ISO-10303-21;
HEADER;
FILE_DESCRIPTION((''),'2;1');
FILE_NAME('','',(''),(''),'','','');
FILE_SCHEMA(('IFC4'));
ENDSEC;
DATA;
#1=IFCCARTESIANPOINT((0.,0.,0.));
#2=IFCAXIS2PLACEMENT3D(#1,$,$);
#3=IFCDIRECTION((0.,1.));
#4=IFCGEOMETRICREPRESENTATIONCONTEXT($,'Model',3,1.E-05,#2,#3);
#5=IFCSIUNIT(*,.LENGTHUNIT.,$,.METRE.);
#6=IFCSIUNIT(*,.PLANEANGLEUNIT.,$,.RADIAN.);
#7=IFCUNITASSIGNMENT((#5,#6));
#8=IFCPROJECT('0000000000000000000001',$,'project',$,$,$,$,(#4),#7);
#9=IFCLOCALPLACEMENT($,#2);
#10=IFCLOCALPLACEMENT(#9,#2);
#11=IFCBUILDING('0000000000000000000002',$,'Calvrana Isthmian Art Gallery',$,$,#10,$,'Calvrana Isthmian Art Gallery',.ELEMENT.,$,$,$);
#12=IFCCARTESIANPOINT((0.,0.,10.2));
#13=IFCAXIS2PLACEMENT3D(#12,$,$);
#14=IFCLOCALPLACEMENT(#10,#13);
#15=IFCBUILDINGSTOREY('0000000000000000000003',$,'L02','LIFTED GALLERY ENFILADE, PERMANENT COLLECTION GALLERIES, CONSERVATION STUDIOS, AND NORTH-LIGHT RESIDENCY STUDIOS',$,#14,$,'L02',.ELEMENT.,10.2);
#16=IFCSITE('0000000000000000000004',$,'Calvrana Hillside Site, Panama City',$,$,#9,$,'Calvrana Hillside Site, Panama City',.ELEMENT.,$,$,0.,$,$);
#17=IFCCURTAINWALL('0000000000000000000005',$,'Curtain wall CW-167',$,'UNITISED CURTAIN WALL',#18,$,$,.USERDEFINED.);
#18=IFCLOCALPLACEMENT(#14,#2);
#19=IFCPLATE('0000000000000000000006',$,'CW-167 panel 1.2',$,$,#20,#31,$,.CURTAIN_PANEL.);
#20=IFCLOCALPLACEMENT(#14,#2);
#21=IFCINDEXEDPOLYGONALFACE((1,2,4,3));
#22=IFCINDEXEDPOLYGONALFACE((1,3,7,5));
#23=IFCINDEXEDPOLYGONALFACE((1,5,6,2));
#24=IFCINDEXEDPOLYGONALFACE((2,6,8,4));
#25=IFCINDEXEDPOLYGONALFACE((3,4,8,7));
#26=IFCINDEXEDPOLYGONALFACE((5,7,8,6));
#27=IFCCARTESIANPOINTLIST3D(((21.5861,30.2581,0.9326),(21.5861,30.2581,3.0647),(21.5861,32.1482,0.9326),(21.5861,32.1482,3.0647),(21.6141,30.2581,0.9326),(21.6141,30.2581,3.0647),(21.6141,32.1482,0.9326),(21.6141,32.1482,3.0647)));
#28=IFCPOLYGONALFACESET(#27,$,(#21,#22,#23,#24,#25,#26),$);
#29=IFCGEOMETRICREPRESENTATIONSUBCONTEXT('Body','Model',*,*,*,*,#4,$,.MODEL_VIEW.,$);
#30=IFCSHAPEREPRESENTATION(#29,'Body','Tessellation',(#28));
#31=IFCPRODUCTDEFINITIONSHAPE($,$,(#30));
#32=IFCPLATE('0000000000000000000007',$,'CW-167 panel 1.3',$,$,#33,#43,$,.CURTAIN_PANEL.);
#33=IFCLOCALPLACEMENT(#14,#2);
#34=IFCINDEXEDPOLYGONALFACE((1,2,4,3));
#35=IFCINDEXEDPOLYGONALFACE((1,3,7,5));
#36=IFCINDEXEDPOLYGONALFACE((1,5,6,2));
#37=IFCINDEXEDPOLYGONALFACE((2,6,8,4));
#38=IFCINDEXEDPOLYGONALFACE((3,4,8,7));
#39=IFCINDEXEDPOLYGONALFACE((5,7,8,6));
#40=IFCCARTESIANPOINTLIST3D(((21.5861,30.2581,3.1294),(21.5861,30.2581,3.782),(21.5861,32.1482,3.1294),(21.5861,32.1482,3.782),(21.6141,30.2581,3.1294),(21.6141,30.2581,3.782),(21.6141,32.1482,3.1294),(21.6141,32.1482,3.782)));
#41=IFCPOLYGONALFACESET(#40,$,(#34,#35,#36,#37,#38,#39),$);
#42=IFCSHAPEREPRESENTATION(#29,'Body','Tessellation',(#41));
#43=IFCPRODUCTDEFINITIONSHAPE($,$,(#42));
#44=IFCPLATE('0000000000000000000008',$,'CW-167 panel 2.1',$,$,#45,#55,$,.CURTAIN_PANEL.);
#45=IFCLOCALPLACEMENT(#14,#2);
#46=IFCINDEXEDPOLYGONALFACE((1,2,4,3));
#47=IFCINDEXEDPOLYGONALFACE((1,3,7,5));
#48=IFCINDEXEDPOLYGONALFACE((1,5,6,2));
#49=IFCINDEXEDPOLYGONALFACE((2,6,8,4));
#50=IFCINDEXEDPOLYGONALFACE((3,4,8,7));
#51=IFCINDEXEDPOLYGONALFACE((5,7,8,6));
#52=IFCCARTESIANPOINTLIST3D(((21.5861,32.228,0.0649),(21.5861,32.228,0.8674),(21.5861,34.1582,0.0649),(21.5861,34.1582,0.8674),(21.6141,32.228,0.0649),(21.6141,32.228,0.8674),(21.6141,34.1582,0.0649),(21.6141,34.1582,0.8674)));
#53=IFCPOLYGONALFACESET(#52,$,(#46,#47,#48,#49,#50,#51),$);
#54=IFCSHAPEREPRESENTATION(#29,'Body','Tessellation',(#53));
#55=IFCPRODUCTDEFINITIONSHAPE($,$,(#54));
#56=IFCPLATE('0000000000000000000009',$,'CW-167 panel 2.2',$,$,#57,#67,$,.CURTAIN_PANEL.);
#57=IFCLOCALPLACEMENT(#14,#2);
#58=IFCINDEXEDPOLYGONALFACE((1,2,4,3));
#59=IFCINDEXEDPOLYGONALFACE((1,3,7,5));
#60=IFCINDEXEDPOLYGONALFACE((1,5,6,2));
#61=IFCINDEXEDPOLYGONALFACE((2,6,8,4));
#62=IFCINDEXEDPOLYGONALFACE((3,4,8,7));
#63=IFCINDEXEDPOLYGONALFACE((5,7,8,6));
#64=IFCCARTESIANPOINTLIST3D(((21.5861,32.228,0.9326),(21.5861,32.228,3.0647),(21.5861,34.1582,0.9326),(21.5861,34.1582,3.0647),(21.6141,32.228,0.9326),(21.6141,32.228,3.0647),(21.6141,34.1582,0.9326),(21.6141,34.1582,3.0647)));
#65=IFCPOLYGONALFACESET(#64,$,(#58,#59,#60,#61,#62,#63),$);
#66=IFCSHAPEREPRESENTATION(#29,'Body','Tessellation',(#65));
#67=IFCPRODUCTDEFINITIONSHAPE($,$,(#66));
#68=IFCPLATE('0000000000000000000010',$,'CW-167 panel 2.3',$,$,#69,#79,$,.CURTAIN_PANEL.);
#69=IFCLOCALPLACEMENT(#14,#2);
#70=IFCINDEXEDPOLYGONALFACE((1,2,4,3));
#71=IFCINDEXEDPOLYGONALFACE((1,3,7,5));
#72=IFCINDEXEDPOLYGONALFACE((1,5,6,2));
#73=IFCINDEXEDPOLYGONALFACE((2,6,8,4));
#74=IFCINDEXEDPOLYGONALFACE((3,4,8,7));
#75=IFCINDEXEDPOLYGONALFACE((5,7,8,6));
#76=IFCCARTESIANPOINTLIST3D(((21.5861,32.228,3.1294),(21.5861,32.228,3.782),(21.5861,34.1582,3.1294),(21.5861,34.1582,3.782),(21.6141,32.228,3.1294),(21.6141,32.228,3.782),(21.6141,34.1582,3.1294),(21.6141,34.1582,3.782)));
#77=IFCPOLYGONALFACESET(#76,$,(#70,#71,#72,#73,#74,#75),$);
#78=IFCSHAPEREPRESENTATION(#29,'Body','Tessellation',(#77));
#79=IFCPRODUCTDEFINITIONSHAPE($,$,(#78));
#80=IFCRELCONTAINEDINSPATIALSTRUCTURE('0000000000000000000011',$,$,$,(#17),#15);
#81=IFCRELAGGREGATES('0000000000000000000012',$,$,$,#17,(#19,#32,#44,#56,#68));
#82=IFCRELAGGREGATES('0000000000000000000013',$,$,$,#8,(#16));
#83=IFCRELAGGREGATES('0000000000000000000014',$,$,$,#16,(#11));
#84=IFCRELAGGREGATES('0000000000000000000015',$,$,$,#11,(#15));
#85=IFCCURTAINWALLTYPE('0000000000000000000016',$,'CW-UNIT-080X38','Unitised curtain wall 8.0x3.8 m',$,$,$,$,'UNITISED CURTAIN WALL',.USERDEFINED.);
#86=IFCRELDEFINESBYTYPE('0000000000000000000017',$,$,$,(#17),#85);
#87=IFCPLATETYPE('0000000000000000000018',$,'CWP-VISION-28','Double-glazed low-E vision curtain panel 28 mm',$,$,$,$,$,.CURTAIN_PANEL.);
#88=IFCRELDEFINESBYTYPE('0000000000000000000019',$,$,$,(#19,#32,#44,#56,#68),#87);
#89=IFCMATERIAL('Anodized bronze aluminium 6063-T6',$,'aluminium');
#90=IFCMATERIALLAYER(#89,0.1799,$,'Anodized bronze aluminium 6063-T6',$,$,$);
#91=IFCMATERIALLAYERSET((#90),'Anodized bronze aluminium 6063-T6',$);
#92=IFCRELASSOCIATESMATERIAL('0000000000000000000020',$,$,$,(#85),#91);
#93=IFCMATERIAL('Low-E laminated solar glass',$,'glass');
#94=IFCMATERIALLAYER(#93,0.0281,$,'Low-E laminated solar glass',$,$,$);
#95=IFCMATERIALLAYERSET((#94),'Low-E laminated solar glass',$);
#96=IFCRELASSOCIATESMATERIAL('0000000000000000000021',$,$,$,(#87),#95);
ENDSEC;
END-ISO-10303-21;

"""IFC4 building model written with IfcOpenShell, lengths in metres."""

from ifc_helpers import new_model, si_unit, direction, frame, origin, origin_2d, place, context, subcontext, project, spatial, rectangle, extrude, material, layer, layer_set, type_object, element, aggregate, save


model = new_model("IFC4")

# Units and contexts
model_context = context("Model", 3, precision=1e-05, world=origin(), true_north=direction((0.0, 1.0)))
body_context = subcontext(model_context, "Body", "Model", "MODEL_VIEW")
ifc_project = project(units=[si_unit("LENGTHUNIT", "METRE"), si_unit("PLANEANGLEUNIT", "RADIAN")], contexts=[model_context])

# Site, building, storey
site_placement = place(None, origin())
site = spatial("IfcSite", under=ifc_project, at=site_placement, Name="Calvrana Hillside Site, Panama City", LongName="Calvrana Hillside Site, Panama City", CompositionType="ELEMENT", RefElevation=0.0)
building_placement = place(site_placement, origin())
building = spatial("IfcBuilding", under=site, at=building_placement, Name="Calvrana Isthmian Art Gallery", LongName="Calvrana Isthmian Art Gallery", CompositionType="ELEMENT")
storey_placement = place(building_placement, frame((0.0, 0.0, 10.2)))
storey = spatial("IfcBuildingStorey", under=building, at=storey_placement, Name="L02", Description="LIFTED GALLERY ENFILADE, PERMANENT COLLECTION GALLERIES, CONSERVATION STUDIOS, AND NORTH-LIGHT RESIDENCY STUDIOS", LongName="L02", CompositionType="ELEMENT", Elevation=10.2)

# Shared definitions
ifc_material_1 = material(Name="Anodized bronze aluminium 6063-T6", Category="aluminium")

# Curtain wall, plates
ifc_layer_1 = layer(ifc_material_1, 0.1799, Name="Anodized bronze aluminium 6063-T6")
ifc_layer_set_1 = layer_set([ifc_layer_1], Name="Anodized bronze aluminium 6063-T6")
curtain_wall_type_1 = type_object("IfcCurtainWallType", Name="CW-UNIT-080X38", Description="Unitised curtain wall 8.0x3.8 m", ElementType="UNITISED CURTAIN WALL", PredefinedType="USERDEFINED", material=ifc_layer_set_1)
curtain_wall_1_placement = place(storey_placement, origin())
curtain_wall_1 = element("IfcCurtainWall", 1, at=curtain_wall_1_placement, inside=storey, type_object=curtain_wall_type_1, Name="Curtain wall CW-167", ObjectType="UNITISED CURTAIN WALL", PredefinedType="USERDEFINED")
ifc_material_2 = material(Name="Low-E laminated solar glass", Category="glass")
ifc_layer_2 = layer(ifc_material_2, 0.0281, Name="Low-E laminated solar glass")
ifc_layer_set_2 = layer_set([ifc_layer_2], Name="Low-E laminated solar glass")
plate_type = type_object("IfcPlateType", Name="CWP-VISION-28", Description="Double-glazed low-E vision curtain panel 28 mm", PredefinedType="CURTAIN_PANEL", material=ifc_layer_set_2)
plate_1_placement = place(storey_placement, frame((21.6001, 31.2031, 0.9326), z_axis=(0.0, 0.0, 1.0), x_axis=(0.0, 1.0, 0.0)))
plate_1 = element("IfcPlate", 2, at=plate_1_placement, type_object=plate_type, Name="CW-167 panel 1.2", PredefinedType="CURTAIN_PANEL", context=body_context, shape_type="SweptSolid", body=[
    extrude(rectangle(XDim=1.8901, YDim=0.0281, at=origin_2d()), origin(), (0.0, 0.0, 1.0), 2.1321),
])
plate_2_placement = place(storey_placement, frame((21.6001, 31.2031, 3.1294), z_axis=(0.0, 0.0, 1.0), x_axis=(0.0, 1.0, 0.0)))
plate_2 = element("IfcPlate", 3, at=plate_2_placement, type_object=plate_type, Name="CW-167 panel 1.3", PredefinedType="CURTAIN_PANEL", context=body_context, shape_type="SweptSolid", body=[
    extrude(rectangle(XDim=1.8901, YDim=0.0281, at=origin_2d()), origin(), (0.0, 0.0, 1.0), 0.6526),
])
plate_3_placement = place(storey_placement, frame((21.6001, 33.1931, 0.0649), z_axis=(0.0, 0.0, 1.0), x_axis=(0.0, 1.0, 0.0)))
plate_3 = element("IfcPlate", 4, at=plate_3_placement, type_object=plate_type, Name="CW-167 panel 2.1", PredefinedType="CURTAIN_PANEL", context=body_context, shape_type="SweptSolid", body=[
    extrude(rectangle(XDim=1.9302, YDim=0.0281, at=origin_2d()), origin(), (0.0, 0.0, 1.0), 0.8025),
])
plate_4_placement = place(storey_placement, frame((21.6001, 33.1931, 0.9326), z_axis=(0.0, 0.0, 1.0), x_axis=(0.0, 1.0, 0.0)))
plate_4 = element("IfcPlate", 5, at=plate_4_placement, type_object=plate_type, Name="CW-167 panel 2.2", PredefinedType="CURTAIN_PANEL", context=body_context, shape_type="SweptSolid", body=[
    extrude(rectangle(XDim=1.9302, YDim=0.0281, at=origin_2d()), origin(), (0.0, 0.0, 1.0), 2.1321),
])
plate_5_placement = place(storey_placement, frame((21.6001, 33.1931, 3.1294), z_axis=(0.0, 0.0, 1.0), x_axis=(0.0, 1.0, 0.0)))
plate_5 = element("IfcPlate", 6, at=plate_5_placement, type_object=plate_type, Name="CW-167 panel 2.3", PredefinedType="CURTAIN_PANEL", context=body_context, shape_type="SweptSolid", body=[
    extrude(rectangle(XDim=1.9302, YDim=0.0281, at=origin_2d()), origin(), (0.0, 0.0, 1.0), 0.6526),
])
aggregate(curtain_wall_1, [plate_1, plate_2, plate_3, plate_4, plate_5])

save(model, "model.ifc")
